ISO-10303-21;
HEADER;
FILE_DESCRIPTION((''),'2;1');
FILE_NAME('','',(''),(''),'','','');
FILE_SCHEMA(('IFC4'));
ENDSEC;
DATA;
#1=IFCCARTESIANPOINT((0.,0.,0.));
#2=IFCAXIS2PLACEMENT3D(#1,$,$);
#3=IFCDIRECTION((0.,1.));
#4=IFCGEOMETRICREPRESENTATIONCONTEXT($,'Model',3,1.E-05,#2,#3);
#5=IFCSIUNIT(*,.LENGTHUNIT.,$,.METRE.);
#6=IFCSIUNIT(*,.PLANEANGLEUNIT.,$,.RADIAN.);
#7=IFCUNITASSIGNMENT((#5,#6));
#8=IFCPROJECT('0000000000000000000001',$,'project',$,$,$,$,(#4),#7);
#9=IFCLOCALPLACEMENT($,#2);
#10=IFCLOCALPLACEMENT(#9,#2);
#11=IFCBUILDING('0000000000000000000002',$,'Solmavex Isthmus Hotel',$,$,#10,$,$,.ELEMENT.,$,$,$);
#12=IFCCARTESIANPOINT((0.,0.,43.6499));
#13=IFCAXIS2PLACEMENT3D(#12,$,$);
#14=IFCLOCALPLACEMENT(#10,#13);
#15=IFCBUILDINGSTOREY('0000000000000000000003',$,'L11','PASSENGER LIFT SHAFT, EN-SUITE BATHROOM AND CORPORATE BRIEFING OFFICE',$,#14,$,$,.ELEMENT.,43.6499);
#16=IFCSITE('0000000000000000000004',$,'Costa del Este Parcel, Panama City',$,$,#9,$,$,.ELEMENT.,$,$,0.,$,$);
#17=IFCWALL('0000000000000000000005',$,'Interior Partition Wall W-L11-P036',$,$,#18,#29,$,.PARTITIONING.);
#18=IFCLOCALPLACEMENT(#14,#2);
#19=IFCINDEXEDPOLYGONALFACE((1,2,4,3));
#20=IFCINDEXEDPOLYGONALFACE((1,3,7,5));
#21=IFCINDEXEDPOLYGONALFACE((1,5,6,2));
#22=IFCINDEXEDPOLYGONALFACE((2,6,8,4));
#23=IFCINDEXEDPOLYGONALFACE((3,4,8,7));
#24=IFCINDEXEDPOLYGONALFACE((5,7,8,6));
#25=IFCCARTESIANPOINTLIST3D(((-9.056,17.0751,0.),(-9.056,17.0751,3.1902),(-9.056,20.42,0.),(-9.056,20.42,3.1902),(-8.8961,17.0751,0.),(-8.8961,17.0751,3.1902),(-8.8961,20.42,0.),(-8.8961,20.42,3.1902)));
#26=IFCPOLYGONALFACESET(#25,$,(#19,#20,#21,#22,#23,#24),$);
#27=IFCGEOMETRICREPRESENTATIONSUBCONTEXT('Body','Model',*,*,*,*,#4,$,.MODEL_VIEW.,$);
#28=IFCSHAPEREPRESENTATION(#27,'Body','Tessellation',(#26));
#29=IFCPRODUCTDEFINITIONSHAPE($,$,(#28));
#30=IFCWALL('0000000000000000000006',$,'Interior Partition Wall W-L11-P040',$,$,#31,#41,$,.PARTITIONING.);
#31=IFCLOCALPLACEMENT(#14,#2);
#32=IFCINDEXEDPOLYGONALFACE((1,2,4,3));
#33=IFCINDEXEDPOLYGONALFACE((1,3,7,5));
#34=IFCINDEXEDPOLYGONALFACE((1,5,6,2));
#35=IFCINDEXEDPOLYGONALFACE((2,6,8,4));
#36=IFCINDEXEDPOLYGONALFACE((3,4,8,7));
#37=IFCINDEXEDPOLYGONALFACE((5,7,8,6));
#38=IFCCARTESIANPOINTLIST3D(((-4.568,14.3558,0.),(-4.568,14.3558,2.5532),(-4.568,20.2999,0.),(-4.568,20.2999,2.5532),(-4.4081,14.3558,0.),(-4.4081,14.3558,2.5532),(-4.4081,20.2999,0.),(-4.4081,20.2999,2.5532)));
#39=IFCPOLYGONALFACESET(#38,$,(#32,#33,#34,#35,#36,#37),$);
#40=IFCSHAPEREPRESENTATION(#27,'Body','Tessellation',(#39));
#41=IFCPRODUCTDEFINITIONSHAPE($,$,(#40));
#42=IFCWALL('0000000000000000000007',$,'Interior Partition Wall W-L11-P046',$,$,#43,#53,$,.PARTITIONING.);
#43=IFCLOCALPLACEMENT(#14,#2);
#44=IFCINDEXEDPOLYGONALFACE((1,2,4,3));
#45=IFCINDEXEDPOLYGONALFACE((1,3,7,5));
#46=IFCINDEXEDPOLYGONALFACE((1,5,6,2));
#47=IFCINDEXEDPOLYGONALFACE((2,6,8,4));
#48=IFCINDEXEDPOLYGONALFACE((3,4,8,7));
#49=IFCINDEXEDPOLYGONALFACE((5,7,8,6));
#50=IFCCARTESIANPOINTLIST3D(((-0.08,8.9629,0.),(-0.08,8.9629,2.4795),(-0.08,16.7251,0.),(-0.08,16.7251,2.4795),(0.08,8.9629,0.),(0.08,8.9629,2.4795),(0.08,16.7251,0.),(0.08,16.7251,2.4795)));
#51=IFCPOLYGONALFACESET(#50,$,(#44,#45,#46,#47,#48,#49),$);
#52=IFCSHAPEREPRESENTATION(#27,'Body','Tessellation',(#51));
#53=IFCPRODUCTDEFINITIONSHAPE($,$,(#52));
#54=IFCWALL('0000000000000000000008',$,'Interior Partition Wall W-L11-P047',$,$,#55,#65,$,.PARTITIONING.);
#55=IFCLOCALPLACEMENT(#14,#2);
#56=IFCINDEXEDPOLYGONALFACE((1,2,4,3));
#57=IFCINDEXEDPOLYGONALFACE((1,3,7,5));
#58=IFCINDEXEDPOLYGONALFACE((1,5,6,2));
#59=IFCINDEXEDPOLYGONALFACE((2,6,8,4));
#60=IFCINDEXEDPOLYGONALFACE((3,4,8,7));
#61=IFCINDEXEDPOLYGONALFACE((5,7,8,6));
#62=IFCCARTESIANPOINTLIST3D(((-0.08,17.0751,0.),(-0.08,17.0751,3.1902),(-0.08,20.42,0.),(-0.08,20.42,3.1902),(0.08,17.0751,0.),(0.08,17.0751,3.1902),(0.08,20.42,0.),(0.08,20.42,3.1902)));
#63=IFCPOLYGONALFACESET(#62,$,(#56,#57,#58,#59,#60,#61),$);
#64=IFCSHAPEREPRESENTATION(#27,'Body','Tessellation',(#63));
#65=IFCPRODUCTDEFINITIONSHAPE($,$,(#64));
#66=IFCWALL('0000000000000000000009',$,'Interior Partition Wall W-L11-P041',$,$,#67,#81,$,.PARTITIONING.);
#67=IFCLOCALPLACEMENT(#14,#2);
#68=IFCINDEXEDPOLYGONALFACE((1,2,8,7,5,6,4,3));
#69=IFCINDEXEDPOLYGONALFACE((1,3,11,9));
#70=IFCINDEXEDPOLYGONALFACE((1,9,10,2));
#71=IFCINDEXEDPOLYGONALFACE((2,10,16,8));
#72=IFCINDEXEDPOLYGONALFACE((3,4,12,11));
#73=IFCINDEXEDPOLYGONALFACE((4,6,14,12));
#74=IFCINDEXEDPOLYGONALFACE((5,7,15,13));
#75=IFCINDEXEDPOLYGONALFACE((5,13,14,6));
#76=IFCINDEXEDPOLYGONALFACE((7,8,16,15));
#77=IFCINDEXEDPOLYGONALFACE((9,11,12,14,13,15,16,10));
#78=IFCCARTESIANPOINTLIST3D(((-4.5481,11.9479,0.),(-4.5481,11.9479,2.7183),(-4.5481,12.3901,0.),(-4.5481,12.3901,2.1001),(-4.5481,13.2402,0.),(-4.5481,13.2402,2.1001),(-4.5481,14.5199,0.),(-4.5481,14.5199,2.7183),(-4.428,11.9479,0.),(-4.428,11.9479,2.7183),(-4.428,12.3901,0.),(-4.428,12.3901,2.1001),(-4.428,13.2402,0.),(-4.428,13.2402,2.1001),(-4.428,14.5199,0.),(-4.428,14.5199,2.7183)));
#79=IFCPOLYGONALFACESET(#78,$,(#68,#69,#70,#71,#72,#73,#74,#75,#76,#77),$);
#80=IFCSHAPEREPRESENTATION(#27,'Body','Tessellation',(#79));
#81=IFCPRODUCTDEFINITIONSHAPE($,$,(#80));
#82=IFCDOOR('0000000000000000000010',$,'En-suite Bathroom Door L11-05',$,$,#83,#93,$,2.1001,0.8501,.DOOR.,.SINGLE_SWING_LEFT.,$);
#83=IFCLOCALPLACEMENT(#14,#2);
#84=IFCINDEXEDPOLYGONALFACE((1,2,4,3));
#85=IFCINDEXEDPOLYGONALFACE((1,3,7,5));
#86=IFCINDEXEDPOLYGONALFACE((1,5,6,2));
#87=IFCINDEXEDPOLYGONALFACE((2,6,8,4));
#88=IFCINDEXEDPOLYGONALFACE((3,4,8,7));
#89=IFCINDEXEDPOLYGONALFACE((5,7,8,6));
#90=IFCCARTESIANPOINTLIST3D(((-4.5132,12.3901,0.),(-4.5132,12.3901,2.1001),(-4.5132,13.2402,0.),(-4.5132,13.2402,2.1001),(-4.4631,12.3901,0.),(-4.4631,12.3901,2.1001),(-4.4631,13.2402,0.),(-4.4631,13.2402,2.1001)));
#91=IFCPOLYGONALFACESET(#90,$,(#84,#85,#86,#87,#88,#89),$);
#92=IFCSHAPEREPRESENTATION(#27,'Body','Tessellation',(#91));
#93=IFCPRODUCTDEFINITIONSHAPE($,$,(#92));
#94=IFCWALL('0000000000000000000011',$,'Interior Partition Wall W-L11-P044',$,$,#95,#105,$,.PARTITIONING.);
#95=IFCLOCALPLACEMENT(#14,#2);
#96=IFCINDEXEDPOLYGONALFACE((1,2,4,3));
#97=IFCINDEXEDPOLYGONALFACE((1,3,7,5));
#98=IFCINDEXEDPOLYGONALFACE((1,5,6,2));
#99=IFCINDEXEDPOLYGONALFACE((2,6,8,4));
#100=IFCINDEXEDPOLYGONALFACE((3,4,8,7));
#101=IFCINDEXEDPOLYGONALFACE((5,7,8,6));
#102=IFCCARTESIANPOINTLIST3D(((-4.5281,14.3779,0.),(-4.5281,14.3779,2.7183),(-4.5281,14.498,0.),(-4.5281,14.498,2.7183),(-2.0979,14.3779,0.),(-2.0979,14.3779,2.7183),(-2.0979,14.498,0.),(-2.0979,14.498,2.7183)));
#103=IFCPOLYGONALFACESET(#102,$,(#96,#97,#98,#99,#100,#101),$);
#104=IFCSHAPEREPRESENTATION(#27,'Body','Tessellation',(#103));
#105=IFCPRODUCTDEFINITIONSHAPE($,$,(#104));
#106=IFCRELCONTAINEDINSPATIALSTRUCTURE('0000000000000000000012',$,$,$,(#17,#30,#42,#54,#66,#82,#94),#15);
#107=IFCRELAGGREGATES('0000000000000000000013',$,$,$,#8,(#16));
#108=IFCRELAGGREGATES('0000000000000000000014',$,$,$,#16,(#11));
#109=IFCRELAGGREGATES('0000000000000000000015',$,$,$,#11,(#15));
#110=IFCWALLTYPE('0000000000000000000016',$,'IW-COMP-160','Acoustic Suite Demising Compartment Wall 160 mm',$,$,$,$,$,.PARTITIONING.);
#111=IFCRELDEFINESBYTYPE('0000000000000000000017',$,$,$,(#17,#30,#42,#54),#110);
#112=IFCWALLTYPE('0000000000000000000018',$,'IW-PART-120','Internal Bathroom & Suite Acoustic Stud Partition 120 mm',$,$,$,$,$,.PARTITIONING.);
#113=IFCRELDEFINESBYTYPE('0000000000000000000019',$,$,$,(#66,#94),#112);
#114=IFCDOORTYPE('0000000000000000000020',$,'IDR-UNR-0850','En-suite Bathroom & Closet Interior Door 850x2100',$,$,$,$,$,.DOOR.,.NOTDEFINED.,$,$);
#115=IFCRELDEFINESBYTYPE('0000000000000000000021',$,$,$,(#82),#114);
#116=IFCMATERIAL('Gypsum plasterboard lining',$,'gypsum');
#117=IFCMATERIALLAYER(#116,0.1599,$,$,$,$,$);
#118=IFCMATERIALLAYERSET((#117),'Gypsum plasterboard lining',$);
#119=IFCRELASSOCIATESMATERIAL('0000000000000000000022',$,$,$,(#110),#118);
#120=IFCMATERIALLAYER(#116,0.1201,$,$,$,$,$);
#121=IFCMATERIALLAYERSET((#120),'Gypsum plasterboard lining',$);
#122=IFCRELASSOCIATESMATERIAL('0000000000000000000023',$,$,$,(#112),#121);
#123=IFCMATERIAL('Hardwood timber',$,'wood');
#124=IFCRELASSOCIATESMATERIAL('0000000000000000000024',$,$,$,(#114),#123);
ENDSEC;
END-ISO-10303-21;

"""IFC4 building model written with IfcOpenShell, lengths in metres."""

from ifc_helpers import new_model, si_unit, direction, frame, frame_2d, origin, place, context, subcontext, project, spatial, rectangle, extrude, material, layer, layer_set, type_object, element, fill, save


model = new_model("IFC4")

# Units and contexts
model_context = context("Model", 3, precision=1e-05, world=origin(), true_north=direction((0.0, 1.0)))
body_context = subcontext(model_context, "Body", "Model", "MODEL_VIEW")
ifc_project = project(units=[si_unit("LENGTHUNIT", "METRE"), si_unit("PLANEANGLEUNIT", "RADIAN")], contexts=[model_context])

# Site, building, storey
site_placement = place(None, origin())
site = spatial("IfcSite", under=ifc_project, at=site_placement, Name="Costa del Este Parcel, Panama City", CompositionType="ELEMENT", RefElevation=0.0)
building_placement = place(site_placement, origin())
building = spatial("IfcBuilding", under=site, at=building_placement, Name="Solmavex Isthmus Hotel", CompositionType="ELEMENT")
storey_placement = place(building_placement, frame((0.0, 0.0, 43.6499)))
storey = spatial("IfcBuildingStorey", under=building, at=storey_placement, Name="L11", Description="PASSENGER LIFT SHAFT, EN-SUITE BATHROOM AND CORPORATE BRIEFING OFFICE", CompositionType="ELEMENT", Elevation=43.6499)

# Walls
ifc_material_1 = material(Name="Gypsum plasterboard lining", Category="gypsum")
ifc_layer_1 = layer(ifc_material_1, 0.1599)
ifc_layer_set_1 = layer_set([ifc_layer_1], Name="Gypsum plasterboard lining")
wall_type_1 = type_object("IfcWallType", Name="IW-COMP-160", Description="Acoustic Suite Demising Compartment Wall 160 mm", PredefinedType="PARTITIONING", material=ifc_layer_set_1)
wall_1_placement = place(storey_placement, frame((-8.9761, 20.4199, 0.0), z_axis=(0.0, 0.0, 1.0), x_axis=(0.0, -1.0, 0.0)))
element("IfcWall", 1, at=wall_1_placement, inside=storey, type_object=wall_type_1, Name="Interior Partition Wall W-L11-P036", PredefinedType="PARTITIONING", context=body_context, shape_type="SweptSolid", body=[
    extrude(rectangle(XDim=3.345, YDim=0.1599, at=frame_2d((1.6724, 0.0))), origin(), (0.0, 0.0, 1.0), 3.1902),
])
wall_2_placement = place(storey_placement, frame((-4.488, 20.3, 0.0), z_axis=(0.0, 0.0, 1.0), x_axis=(0.0, -1.0, 0.0)))
element("IfcWall", 2, at=wall_2_placement, inside=storey, type_object=wall_type_1, Name="Interior Partition Wall W-L11-P040", PredefinedType="PARTITIONING", context=body_context, shape_type="SweptSolid", body=[
    extrude(rectangle(XDim=5.9441, YDim=0.1599, at=frame_2d((2.9722, 0.0))), origin(), (0.0, 0.0, 1.0), 2.5532),
])
wall_3_placement = place(storey_placement, frame((0.0, 16.7251, 0.0), z_axis=(0.0, 0.0, 1.0), x_axis=(0.0, -1.0, 0.0)))
element("IfcWall", 3, at=wall_3_placement, inside=storey, type_object=wall_type_1, Name="Interior Partition Wall W-L11-P046", PredefinedType="PARTITIONING", context=body_context, shape_type="SweptSolid", body=[
    extrude(rectangle(XDim=7.7622, YDim=0.1599, at=frame_2d((3.8811, 0.0))), origin(), (0.0, 0.0, 1.0), 2.4795),
])
wall_4_placement = place(storey_placement, frame((0.0, 20.4199, 0.0), z_axis=(0.0, 0.0, 1.0), x_axis=(0.0, -1.0, 0.0)))
element("IfcWall", 4, at=wall_4_placement, inside=storey, type_object=wall_type_1, Name="Interior Partition Wall W-L11-P047", PredefinedType="PARTITIONING", context=body_context, shape_type="SweptSolid", body=[
    extrude(rectangle(XDim=3.345, YDim=0.1599, at=frame_2d((1.6724, 0.0))), origin(), (0.0, 0.0, 1.0), 3.1902),
])

# Wall, opening, door
ifc_layer_2 = layer(ifc_material_1, 0.1201)
ifc_layer_set_2 = layer_set([ifc_layer_2], Name="Gypsum plasterboard lining")
wall_type_2 = type_object("IfcWallType", Name="IW-PART-120", Description="Internal Bathroom & Suite Acoustic Stud Partition 120 mm", PredefinedType="PARTITIONING", material=ifc_layer_set_2)
wall_5_placement = place(storey_placement, frame((-4.488, 14.52, 0.0), z_axis=(0.0, 0.0, 1.0), x_axis=(0.0, -1.0, 0.0)))
wall_5 = element("IfcWall", 5, at=wall_5_placement, inside=storey, type_object=wall_type_2, Name="Interior Partition Wall W-L11-P041", PredefinedType="PARTITIONING", context=body_context, shape_type="SweptSolid", body=[
    extrude(rectangle(XDim=2.572, YDim=0.1201, at=frame_2d((1.2861, 0.0))), origin(), (0.0, 0.0, 1.0), 2.7183),
])
opening_placement = place(wall_5_placement, frame((1.2798, 0.0, 0.0)))
opening = element("IfcOpeningElement", 6, at=opening_placement, cuts=wall_5, PredefinedType="OPENING", context=body_context, shape_type="SweptSolid", body=[
    extrude(rectangle(XDim=0.8501, YDim=2.1001, at=frame_2d((0.425, 1.05))), frame((0.0, 0.0701, 0.0), z_axis=(0.0, -1.0, 0.0), x_axis=(1.0, 0.0, 0.0)), (0.0, 0.0, 1.0), 0.1401),
])
ifc_material_2 = material(Name="Hardwood timber", Category="wood")
door_type = type_object("IfcDoorType", Name="IDR-UNR-0850", Description="En-suite Bathroom & Closet Interior Door 850x2100", OperationType="NOTDEFINED", PredefinedType="DOOR", material=ifc_material_2)
door_placement = place(opening_placement, origin())
door = element("IfcDoor", 7, at=door_placement, inside=storey, type_object=door_type, Name="En-suite Bathroom Door L11-05", OperationType="SINGLE_SWING_LEFT", OverallHeight=2.1001, OverallWidth=0.8501, PredefinedType="DOOR", context=body_context, shape_type="SweptSolid", body=[
    extrude(rectangle(XDim=0.8501, YDim=2.1001, at=frame_2d((0.425, 1.05))), frame((0.0, 0.0249, 0.0), z_axis=(0.0, -1.0, 0.0), x_axis=(1.0, 0.0, 0.0)), (0.0, 0.0, 1.0), 0.05),
])
fill(opening, door)

# Wall
wall_6_placement = place(storey_placement, frame((-2.0979, 14.438, 0.0), z_axis=(0.0, 0.0, 1.0), x_axis=(-1.0, 0.0, 0.0)))
element("IfcWall", 8, at=wall_6_placement, inside=storey, type_object=wall_type_2, Name="Interior Partition Wall W-L11-P044", PredefinedType="PARTITIONING", context=body_context, shape_type="SweptSolid", body=[
    extrude(rectangle(XDim=2.4302, YDim=0.1201, at=frame_2d((1.2151, 0.0))), origin(), (0.0, 0.0, 1.0), 2.7183),
])

save(model, "model.ifc")
